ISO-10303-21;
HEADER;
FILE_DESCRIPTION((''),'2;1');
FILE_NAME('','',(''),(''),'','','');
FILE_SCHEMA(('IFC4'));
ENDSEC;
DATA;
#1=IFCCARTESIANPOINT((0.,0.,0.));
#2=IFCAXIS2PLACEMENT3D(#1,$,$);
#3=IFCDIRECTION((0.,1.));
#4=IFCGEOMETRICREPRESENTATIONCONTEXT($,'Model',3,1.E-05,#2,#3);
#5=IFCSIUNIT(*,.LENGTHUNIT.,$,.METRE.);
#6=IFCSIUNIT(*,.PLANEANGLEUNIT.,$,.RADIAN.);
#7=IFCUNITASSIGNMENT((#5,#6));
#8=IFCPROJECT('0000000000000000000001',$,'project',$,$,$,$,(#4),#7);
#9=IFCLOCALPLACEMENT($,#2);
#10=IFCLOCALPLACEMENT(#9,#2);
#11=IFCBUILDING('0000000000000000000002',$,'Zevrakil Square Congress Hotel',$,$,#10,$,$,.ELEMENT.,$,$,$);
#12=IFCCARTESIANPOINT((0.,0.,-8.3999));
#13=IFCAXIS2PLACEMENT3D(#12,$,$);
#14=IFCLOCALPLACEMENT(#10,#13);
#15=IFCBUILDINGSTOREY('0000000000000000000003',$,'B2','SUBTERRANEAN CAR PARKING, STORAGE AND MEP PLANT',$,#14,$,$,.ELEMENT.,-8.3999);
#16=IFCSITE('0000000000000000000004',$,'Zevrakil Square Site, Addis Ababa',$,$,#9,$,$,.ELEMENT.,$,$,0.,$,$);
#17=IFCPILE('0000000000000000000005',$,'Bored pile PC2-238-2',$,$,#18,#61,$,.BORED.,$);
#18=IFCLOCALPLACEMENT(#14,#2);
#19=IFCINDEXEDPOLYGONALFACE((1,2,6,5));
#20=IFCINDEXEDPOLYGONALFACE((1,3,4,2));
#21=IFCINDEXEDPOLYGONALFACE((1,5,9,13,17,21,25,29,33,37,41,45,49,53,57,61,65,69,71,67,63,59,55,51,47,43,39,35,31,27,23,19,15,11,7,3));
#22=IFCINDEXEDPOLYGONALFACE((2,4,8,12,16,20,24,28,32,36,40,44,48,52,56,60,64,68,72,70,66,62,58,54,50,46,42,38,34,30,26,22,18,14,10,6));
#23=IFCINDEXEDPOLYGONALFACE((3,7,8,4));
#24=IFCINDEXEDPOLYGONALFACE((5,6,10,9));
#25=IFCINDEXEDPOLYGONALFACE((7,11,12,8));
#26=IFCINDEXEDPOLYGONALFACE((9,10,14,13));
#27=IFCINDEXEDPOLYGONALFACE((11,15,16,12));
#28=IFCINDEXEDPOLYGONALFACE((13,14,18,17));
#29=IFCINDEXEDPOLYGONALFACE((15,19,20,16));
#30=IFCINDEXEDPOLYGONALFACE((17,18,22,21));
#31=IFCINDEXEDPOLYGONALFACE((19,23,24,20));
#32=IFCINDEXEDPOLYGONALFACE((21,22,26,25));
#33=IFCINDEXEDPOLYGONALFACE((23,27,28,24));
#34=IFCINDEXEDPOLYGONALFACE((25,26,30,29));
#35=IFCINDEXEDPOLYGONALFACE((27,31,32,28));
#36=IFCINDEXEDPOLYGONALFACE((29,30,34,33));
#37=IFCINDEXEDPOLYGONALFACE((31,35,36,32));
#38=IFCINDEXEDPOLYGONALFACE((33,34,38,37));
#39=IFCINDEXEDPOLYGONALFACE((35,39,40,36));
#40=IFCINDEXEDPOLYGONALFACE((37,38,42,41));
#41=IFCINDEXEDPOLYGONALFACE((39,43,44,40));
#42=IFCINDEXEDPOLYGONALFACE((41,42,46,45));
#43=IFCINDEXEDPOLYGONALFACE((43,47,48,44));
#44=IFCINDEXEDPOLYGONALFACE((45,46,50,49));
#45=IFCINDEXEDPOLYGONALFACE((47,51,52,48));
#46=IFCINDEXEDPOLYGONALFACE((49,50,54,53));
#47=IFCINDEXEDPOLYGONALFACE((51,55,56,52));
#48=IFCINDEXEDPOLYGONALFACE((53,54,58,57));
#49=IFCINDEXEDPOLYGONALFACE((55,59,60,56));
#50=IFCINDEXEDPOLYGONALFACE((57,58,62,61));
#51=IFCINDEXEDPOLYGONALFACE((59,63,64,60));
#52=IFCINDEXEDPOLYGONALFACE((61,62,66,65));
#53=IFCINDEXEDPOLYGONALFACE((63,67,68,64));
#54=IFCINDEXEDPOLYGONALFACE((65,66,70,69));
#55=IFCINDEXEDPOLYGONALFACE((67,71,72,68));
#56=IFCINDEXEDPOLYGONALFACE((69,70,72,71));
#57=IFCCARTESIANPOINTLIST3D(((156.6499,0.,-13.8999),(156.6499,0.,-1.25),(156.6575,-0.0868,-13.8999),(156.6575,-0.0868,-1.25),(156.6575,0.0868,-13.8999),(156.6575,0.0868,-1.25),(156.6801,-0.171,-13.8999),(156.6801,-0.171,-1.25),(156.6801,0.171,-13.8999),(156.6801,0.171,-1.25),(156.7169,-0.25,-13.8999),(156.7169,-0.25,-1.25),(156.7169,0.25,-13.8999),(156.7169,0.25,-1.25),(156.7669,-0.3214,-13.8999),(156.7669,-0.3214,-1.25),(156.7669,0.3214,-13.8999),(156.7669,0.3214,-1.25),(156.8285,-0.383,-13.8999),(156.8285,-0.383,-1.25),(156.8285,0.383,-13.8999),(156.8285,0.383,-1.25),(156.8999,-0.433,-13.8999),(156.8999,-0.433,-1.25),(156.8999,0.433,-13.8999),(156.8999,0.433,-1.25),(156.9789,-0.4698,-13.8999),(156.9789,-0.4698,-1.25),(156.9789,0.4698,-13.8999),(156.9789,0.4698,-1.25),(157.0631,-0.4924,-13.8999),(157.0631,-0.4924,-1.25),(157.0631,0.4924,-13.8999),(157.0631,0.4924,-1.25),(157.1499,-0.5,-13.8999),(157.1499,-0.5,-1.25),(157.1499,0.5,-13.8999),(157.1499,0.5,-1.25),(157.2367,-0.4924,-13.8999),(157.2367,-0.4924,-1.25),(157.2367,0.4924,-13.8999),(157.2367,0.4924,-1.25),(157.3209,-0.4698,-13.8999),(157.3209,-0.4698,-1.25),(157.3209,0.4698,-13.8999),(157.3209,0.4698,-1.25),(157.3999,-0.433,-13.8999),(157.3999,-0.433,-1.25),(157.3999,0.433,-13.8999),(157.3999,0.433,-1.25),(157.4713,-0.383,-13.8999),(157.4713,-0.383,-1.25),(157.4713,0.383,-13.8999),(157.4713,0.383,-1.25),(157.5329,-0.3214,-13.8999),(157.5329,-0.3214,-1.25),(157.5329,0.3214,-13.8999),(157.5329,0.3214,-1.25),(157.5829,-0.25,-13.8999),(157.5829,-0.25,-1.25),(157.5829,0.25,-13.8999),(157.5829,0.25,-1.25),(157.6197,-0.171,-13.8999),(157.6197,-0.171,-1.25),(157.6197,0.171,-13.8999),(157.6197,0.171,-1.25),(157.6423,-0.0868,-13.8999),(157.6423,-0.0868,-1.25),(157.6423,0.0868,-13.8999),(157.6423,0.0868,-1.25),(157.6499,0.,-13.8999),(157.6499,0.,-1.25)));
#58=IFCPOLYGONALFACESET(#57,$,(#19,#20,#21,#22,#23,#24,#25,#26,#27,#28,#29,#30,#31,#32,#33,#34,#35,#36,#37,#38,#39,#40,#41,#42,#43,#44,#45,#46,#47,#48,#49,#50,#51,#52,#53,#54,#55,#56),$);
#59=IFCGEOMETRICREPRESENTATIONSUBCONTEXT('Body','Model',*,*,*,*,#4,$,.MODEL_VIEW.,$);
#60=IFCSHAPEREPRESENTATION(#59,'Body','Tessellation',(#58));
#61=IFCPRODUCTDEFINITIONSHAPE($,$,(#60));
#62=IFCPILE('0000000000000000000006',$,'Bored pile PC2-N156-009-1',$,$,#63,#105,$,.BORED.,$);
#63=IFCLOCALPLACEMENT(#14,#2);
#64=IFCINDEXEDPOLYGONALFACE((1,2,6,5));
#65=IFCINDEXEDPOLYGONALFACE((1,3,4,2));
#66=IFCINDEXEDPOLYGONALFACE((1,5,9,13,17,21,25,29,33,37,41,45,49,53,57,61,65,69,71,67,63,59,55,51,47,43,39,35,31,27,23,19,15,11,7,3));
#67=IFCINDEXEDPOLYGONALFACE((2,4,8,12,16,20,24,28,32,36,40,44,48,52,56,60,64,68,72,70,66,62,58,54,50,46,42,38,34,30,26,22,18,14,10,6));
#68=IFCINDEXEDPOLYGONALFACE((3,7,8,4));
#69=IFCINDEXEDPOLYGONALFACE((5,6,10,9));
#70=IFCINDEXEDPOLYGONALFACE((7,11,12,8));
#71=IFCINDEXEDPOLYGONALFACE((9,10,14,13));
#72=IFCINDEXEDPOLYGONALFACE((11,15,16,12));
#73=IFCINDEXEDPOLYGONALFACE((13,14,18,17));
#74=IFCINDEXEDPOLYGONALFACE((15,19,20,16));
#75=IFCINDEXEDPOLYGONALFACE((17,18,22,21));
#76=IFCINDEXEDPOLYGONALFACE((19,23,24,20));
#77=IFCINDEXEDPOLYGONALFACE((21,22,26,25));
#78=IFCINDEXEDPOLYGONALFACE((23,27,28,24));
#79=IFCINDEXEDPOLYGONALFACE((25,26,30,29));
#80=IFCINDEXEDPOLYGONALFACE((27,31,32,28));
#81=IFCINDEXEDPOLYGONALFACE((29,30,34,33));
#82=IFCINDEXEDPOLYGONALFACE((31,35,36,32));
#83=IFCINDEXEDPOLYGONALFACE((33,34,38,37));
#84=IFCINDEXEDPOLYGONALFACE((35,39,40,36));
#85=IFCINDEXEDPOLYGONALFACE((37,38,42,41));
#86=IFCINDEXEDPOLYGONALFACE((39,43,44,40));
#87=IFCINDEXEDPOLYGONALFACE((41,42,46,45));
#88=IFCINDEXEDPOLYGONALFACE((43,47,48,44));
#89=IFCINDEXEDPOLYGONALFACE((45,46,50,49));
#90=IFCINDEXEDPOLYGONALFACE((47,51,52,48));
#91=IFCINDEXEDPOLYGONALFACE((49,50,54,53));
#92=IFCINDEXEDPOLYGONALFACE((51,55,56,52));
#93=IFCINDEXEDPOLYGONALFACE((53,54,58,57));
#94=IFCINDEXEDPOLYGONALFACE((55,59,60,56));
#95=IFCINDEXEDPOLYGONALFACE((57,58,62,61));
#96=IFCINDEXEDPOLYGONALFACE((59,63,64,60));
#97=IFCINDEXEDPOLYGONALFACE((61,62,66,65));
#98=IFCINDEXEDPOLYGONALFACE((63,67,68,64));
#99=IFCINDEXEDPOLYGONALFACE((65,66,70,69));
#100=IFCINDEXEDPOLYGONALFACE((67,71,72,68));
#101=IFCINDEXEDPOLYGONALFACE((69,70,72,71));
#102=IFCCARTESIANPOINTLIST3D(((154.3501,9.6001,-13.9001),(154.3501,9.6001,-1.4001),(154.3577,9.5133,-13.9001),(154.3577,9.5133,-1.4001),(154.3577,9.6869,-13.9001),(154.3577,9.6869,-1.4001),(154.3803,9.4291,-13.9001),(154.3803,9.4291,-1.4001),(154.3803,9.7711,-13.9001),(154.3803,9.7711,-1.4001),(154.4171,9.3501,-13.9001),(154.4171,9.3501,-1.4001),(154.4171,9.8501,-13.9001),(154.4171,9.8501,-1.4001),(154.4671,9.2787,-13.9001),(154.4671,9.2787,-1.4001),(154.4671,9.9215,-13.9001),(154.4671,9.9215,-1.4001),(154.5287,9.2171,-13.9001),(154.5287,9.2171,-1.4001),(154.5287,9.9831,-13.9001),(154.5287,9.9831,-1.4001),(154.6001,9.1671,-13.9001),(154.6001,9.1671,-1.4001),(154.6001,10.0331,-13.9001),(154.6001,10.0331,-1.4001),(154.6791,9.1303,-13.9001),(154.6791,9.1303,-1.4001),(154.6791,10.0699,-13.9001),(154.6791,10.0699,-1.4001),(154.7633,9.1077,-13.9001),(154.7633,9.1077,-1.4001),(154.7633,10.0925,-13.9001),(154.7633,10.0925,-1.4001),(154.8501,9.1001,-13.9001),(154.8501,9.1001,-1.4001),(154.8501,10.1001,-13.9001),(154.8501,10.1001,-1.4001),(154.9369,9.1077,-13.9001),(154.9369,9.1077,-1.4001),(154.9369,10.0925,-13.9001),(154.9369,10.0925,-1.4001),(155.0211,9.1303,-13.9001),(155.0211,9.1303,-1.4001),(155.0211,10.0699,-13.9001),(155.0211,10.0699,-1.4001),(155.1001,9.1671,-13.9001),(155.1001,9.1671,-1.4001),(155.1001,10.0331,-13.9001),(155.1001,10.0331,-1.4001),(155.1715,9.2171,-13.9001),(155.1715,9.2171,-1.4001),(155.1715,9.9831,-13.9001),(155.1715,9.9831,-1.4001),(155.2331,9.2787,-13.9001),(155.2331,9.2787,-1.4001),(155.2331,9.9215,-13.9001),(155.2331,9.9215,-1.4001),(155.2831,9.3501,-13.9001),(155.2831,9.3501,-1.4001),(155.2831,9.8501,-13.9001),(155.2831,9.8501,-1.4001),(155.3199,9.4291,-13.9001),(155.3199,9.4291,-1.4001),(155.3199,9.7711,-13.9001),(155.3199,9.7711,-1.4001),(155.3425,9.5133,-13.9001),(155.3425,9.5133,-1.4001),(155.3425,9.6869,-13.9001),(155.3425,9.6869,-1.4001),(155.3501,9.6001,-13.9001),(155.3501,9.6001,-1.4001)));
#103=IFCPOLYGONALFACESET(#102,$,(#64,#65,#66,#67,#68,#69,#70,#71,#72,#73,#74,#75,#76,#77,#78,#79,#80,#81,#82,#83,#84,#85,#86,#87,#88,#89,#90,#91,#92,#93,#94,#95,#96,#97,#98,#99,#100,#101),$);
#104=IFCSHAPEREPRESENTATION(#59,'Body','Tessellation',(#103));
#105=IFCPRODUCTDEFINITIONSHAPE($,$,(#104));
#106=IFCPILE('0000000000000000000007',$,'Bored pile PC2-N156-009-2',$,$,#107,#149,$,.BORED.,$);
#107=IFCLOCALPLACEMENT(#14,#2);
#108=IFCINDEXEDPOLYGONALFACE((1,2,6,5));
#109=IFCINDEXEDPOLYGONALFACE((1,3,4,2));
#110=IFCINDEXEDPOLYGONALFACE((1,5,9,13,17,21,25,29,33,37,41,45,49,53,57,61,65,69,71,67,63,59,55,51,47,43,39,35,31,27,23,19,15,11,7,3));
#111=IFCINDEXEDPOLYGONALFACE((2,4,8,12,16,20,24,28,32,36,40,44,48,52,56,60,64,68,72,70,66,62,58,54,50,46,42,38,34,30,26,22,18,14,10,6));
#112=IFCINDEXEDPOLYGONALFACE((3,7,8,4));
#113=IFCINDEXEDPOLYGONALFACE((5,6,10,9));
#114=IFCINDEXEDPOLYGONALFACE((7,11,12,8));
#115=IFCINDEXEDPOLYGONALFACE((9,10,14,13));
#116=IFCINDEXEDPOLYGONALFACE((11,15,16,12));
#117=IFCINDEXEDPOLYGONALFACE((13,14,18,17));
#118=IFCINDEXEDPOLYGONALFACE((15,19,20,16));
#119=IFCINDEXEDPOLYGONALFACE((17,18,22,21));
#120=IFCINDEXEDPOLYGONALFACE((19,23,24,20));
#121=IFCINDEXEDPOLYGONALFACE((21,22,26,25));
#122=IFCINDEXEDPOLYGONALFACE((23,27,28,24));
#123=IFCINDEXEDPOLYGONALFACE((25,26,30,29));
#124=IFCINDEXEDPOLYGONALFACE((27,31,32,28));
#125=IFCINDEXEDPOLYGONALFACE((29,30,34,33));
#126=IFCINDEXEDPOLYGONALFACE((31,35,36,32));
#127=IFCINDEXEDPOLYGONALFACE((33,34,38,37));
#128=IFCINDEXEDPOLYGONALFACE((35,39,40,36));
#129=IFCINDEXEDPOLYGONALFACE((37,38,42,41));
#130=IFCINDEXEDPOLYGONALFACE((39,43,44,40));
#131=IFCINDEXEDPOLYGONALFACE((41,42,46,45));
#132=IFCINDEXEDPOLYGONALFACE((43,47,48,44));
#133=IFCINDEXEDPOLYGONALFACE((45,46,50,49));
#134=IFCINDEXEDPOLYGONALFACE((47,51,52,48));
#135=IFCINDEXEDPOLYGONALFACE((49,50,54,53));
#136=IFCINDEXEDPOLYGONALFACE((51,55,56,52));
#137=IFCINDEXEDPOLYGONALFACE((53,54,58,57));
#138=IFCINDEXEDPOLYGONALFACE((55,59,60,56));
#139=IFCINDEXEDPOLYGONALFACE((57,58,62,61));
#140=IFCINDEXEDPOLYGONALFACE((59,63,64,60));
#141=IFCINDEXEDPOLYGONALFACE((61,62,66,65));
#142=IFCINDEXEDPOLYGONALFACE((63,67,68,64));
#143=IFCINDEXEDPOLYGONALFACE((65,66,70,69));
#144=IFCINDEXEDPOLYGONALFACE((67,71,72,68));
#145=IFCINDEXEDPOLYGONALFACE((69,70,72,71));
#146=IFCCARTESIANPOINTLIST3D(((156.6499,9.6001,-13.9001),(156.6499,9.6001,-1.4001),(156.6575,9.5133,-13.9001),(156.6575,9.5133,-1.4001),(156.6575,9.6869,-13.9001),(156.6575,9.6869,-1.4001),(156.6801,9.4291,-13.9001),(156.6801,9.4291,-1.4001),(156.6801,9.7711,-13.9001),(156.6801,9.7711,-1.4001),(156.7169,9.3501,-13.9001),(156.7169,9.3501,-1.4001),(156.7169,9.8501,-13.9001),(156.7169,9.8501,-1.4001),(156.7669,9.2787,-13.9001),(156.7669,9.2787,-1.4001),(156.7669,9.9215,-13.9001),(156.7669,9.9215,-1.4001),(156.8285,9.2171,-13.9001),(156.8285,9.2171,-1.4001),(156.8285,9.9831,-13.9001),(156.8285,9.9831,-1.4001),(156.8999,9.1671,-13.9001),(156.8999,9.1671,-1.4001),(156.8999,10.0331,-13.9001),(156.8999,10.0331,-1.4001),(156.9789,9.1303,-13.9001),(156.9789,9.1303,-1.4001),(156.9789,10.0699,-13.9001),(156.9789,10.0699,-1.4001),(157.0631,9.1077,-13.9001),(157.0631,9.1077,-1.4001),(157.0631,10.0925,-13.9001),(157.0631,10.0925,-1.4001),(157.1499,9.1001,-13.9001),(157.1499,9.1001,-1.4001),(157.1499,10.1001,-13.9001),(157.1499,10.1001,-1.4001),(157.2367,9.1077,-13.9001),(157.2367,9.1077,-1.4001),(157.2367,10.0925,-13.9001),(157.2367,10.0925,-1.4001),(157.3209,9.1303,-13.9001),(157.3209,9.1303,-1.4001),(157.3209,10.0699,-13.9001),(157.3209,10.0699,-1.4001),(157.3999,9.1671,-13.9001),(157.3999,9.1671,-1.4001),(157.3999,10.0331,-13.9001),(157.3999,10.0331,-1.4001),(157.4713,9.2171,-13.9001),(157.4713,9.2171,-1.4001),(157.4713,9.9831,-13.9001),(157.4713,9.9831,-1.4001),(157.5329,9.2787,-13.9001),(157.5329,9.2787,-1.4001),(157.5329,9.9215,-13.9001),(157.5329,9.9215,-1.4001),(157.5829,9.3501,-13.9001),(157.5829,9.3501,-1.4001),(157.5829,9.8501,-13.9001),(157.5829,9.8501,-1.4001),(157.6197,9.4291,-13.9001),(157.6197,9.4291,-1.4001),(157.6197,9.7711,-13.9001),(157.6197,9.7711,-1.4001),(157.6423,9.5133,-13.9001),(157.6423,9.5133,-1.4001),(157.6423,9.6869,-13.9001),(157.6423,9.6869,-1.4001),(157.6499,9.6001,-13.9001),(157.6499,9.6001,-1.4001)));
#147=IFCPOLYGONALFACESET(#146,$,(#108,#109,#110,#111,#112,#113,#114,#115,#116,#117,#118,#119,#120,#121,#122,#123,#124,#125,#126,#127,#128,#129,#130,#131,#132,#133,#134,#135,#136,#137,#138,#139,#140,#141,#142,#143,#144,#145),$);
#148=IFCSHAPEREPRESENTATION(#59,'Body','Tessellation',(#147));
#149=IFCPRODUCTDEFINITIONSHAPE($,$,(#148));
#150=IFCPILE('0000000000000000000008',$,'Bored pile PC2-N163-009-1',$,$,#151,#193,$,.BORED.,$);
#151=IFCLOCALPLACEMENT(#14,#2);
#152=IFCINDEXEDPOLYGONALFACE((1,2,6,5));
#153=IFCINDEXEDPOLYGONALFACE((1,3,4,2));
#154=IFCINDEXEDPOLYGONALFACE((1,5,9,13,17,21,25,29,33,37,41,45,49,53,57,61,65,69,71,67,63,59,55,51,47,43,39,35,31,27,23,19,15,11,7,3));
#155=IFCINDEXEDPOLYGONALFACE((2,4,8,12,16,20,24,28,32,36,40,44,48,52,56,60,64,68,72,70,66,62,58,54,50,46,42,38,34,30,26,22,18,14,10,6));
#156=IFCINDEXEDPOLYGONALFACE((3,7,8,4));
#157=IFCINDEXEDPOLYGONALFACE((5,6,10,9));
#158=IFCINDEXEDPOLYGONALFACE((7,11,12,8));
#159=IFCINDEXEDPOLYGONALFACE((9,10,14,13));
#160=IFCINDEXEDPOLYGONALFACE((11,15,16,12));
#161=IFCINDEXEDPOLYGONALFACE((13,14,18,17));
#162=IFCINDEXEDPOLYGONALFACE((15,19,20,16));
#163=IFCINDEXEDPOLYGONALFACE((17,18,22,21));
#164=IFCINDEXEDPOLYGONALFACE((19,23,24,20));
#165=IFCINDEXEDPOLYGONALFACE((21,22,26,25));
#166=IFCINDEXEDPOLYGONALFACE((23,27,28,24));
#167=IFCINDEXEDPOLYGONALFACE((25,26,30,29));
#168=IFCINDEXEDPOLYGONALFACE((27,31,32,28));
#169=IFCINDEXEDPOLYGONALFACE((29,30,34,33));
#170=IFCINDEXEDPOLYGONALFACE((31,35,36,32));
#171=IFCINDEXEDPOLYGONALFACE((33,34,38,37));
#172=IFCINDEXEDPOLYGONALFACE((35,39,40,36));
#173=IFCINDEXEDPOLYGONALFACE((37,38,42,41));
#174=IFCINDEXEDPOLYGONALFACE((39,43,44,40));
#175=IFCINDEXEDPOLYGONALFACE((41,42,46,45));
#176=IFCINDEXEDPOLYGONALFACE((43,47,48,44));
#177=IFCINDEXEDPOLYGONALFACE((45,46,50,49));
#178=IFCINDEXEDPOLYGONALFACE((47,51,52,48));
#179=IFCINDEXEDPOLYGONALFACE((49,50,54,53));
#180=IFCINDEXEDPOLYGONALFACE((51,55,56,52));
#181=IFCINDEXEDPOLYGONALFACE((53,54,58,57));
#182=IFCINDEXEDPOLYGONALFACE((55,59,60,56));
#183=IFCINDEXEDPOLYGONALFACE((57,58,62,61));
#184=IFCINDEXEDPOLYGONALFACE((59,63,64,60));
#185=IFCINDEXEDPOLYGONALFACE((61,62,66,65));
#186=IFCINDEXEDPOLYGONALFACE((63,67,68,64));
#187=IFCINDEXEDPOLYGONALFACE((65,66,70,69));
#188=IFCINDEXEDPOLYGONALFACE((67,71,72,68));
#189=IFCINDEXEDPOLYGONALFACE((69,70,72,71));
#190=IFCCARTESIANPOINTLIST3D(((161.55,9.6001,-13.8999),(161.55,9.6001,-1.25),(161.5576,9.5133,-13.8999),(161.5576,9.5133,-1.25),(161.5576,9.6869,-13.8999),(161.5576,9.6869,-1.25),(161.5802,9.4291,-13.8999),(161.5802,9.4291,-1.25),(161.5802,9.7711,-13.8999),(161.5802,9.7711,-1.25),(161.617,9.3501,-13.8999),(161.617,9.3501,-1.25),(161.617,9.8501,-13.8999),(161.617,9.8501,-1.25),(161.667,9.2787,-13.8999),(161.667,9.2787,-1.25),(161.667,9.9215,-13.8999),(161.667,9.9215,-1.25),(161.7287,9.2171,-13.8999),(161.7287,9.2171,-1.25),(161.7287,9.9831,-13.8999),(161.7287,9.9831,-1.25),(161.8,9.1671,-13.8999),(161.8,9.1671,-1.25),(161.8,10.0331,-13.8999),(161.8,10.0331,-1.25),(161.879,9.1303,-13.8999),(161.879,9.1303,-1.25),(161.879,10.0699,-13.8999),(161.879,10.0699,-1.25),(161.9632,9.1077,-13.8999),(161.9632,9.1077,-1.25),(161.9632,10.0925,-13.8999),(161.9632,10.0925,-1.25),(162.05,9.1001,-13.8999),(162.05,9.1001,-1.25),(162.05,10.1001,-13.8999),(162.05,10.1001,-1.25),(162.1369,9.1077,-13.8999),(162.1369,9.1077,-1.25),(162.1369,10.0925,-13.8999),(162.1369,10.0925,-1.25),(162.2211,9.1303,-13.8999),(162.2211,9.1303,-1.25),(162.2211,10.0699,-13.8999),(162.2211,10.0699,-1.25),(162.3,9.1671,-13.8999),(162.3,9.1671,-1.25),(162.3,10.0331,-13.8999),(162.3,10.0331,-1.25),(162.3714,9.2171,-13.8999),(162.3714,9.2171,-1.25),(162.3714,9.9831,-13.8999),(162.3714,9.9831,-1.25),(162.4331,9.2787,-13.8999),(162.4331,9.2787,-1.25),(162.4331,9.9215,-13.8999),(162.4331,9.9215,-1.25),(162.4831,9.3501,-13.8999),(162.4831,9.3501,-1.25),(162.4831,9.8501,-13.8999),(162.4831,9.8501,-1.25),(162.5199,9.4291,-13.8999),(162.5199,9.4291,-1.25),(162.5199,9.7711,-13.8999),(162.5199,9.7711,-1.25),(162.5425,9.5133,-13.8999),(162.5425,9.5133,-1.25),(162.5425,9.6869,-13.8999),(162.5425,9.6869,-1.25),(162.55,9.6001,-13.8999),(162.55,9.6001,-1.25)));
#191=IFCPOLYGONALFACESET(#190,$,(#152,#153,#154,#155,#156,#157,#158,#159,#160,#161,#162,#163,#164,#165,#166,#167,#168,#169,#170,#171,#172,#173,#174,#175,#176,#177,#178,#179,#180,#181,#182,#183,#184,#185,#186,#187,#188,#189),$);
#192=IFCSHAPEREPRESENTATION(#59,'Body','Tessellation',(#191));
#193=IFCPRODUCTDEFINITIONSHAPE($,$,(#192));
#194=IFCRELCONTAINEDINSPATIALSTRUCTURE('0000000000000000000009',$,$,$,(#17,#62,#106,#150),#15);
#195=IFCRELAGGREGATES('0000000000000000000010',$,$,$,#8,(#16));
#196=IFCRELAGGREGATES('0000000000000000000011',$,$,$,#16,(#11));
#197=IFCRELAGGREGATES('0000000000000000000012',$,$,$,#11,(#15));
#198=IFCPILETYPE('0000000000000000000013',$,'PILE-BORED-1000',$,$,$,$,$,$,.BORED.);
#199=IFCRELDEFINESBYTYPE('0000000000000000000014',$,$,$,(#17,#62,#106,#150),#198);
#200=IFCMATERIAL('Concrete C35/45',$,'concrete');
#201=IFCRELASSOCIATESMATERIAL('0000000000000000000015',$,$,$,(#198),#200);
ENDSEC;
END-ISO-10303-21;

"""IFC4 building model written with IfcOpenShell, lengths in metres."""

from ifc_helpers import new_model, si_unit, direction, frame, origin, origin_2d, place, context, subcontext, project, spatial, circle, extrude, material, material_profile, profile_set, type_object, element, save


model = new_model("IFC4")

# Units and contexts
model_context = context("Model", 3, precision=1e-05, world=origin(), true_north=direction((0.0, 1.0)))
body_context = subcontext(model_context, "Body", "Model", "MODEL_VIEW")
ifc_project = project(units=[si_unit("LENGTHUNIT", "METRE"), si_unit("PLANEANGLEUNIT", "RADIAN")], contexts=[model_context])

# Site, building, storey
site_placement = place(None, origin())
site = spatial("IfcSite", under=ifc_project, at=site_placement, Name="Zevrakil Square Site, Addis Ababa", CompositionType="ELEMENT", RefElevation=0.0)
building_placement = place(site_placement, origin())
building = spatial("IfcBuilding", under=site, at=building_placement, Name="Zevrakil Square Congress Hotel", CompositionType="ELEMENT")
storey_placement = place(building_placement, frame((0.0, 0.0, -8.3999)))
storey = spatial("IfcBuildingStorey", under=building, at=storey_placement, Name="B2", Description="SUBTERRANEAN CAR PARKING, STORAGE AND MEP PLANT", CompositionType="ELEMENT", Elevation=-8.3999)

# Piles
ifc_material_1 = material(Name="Concrete C35/45", Category="concrete")
ifc_material_profile_1 = material_profile(ifc_material_1, circle(Radius=0.5, at=origin_2d()), Name="PILE D1000")
ifc_profile_set_1 = profile_set([ifc_material_profile_1], Name="Concrete C35/45")
pile_type_1 = type_object("IfcPileType", Name="PILE-BORED-1000", PredefinedType="BORED", material=ifc_profile_set_1)
for number, where, z_axis, x_axis, name in (
    (1, (157.1499, 0.0, -1.25), (0.0, 0.0, -1.0), (1.0, 0.0, 0.0), "Bored pile PC2-238-2"),
):
    element("IfcPile", number, at=place(storey_placement, frame(where, z_axis=z_axis, x_axis=x_axis)), inside=storey, type_object=pile_type_1, Name=name, PredefinedType="BORED", context=body_context, shape_type="SweptSolid", body=[
        extrude(circle(Radius=0.5, at=origin_2d()), origin(), (0.0, 0.0, 1.0), 12.6499),
    ])
for number, where, z_axis, x_axis, name in (
    (2, (154.8501, 9.6001, -1.4001), (0.0, 0.0, -1.0), (1.0, 0.0, 0.0), "Bored pile PC2-N156-009-1"),
    (3, (157.1499, 9.6001, -1.4001), (0.0, 0.0, -1.0), (1.0, 0.0, 0.0), "Bored pile PC2-N156-009-2"),
):
    element("IfcPile", number, at=place(storey_placement, frame(where, z_axis=z_axis, x_axis=x_axis)), inside=storey, type_object=pile_type_1, Name=name, PredefinedType="BORED", context=body_context, shape_type="SweptSolid", body=[
        extrude(circle(Radius=0.5, at=origin_2d()), origin(), (0.0, 0.0, 1.0), 12.5),
    ])
pile_1_placement = place(storey_placement, frame((162.05, 9.6001, -1.25), z_axis=(0.0, 0.0, -1.0), x_axis=(1.0, 0.0, 0.0)))
element("IfcPile", 4, at=pile_1_placement, inside=storey, type_object=pile_type_1, Name="Bored pile PC2-N163-009-1", PredefinedType="BORED", context=body_context, shape_type="SweptSolid", body=[
    extrude(circle(Radius=0.5, at=origin_2d()), origin(), (0.0, 0.0, 1.0), 12.6499),
])

save(model, "model.ifc")
